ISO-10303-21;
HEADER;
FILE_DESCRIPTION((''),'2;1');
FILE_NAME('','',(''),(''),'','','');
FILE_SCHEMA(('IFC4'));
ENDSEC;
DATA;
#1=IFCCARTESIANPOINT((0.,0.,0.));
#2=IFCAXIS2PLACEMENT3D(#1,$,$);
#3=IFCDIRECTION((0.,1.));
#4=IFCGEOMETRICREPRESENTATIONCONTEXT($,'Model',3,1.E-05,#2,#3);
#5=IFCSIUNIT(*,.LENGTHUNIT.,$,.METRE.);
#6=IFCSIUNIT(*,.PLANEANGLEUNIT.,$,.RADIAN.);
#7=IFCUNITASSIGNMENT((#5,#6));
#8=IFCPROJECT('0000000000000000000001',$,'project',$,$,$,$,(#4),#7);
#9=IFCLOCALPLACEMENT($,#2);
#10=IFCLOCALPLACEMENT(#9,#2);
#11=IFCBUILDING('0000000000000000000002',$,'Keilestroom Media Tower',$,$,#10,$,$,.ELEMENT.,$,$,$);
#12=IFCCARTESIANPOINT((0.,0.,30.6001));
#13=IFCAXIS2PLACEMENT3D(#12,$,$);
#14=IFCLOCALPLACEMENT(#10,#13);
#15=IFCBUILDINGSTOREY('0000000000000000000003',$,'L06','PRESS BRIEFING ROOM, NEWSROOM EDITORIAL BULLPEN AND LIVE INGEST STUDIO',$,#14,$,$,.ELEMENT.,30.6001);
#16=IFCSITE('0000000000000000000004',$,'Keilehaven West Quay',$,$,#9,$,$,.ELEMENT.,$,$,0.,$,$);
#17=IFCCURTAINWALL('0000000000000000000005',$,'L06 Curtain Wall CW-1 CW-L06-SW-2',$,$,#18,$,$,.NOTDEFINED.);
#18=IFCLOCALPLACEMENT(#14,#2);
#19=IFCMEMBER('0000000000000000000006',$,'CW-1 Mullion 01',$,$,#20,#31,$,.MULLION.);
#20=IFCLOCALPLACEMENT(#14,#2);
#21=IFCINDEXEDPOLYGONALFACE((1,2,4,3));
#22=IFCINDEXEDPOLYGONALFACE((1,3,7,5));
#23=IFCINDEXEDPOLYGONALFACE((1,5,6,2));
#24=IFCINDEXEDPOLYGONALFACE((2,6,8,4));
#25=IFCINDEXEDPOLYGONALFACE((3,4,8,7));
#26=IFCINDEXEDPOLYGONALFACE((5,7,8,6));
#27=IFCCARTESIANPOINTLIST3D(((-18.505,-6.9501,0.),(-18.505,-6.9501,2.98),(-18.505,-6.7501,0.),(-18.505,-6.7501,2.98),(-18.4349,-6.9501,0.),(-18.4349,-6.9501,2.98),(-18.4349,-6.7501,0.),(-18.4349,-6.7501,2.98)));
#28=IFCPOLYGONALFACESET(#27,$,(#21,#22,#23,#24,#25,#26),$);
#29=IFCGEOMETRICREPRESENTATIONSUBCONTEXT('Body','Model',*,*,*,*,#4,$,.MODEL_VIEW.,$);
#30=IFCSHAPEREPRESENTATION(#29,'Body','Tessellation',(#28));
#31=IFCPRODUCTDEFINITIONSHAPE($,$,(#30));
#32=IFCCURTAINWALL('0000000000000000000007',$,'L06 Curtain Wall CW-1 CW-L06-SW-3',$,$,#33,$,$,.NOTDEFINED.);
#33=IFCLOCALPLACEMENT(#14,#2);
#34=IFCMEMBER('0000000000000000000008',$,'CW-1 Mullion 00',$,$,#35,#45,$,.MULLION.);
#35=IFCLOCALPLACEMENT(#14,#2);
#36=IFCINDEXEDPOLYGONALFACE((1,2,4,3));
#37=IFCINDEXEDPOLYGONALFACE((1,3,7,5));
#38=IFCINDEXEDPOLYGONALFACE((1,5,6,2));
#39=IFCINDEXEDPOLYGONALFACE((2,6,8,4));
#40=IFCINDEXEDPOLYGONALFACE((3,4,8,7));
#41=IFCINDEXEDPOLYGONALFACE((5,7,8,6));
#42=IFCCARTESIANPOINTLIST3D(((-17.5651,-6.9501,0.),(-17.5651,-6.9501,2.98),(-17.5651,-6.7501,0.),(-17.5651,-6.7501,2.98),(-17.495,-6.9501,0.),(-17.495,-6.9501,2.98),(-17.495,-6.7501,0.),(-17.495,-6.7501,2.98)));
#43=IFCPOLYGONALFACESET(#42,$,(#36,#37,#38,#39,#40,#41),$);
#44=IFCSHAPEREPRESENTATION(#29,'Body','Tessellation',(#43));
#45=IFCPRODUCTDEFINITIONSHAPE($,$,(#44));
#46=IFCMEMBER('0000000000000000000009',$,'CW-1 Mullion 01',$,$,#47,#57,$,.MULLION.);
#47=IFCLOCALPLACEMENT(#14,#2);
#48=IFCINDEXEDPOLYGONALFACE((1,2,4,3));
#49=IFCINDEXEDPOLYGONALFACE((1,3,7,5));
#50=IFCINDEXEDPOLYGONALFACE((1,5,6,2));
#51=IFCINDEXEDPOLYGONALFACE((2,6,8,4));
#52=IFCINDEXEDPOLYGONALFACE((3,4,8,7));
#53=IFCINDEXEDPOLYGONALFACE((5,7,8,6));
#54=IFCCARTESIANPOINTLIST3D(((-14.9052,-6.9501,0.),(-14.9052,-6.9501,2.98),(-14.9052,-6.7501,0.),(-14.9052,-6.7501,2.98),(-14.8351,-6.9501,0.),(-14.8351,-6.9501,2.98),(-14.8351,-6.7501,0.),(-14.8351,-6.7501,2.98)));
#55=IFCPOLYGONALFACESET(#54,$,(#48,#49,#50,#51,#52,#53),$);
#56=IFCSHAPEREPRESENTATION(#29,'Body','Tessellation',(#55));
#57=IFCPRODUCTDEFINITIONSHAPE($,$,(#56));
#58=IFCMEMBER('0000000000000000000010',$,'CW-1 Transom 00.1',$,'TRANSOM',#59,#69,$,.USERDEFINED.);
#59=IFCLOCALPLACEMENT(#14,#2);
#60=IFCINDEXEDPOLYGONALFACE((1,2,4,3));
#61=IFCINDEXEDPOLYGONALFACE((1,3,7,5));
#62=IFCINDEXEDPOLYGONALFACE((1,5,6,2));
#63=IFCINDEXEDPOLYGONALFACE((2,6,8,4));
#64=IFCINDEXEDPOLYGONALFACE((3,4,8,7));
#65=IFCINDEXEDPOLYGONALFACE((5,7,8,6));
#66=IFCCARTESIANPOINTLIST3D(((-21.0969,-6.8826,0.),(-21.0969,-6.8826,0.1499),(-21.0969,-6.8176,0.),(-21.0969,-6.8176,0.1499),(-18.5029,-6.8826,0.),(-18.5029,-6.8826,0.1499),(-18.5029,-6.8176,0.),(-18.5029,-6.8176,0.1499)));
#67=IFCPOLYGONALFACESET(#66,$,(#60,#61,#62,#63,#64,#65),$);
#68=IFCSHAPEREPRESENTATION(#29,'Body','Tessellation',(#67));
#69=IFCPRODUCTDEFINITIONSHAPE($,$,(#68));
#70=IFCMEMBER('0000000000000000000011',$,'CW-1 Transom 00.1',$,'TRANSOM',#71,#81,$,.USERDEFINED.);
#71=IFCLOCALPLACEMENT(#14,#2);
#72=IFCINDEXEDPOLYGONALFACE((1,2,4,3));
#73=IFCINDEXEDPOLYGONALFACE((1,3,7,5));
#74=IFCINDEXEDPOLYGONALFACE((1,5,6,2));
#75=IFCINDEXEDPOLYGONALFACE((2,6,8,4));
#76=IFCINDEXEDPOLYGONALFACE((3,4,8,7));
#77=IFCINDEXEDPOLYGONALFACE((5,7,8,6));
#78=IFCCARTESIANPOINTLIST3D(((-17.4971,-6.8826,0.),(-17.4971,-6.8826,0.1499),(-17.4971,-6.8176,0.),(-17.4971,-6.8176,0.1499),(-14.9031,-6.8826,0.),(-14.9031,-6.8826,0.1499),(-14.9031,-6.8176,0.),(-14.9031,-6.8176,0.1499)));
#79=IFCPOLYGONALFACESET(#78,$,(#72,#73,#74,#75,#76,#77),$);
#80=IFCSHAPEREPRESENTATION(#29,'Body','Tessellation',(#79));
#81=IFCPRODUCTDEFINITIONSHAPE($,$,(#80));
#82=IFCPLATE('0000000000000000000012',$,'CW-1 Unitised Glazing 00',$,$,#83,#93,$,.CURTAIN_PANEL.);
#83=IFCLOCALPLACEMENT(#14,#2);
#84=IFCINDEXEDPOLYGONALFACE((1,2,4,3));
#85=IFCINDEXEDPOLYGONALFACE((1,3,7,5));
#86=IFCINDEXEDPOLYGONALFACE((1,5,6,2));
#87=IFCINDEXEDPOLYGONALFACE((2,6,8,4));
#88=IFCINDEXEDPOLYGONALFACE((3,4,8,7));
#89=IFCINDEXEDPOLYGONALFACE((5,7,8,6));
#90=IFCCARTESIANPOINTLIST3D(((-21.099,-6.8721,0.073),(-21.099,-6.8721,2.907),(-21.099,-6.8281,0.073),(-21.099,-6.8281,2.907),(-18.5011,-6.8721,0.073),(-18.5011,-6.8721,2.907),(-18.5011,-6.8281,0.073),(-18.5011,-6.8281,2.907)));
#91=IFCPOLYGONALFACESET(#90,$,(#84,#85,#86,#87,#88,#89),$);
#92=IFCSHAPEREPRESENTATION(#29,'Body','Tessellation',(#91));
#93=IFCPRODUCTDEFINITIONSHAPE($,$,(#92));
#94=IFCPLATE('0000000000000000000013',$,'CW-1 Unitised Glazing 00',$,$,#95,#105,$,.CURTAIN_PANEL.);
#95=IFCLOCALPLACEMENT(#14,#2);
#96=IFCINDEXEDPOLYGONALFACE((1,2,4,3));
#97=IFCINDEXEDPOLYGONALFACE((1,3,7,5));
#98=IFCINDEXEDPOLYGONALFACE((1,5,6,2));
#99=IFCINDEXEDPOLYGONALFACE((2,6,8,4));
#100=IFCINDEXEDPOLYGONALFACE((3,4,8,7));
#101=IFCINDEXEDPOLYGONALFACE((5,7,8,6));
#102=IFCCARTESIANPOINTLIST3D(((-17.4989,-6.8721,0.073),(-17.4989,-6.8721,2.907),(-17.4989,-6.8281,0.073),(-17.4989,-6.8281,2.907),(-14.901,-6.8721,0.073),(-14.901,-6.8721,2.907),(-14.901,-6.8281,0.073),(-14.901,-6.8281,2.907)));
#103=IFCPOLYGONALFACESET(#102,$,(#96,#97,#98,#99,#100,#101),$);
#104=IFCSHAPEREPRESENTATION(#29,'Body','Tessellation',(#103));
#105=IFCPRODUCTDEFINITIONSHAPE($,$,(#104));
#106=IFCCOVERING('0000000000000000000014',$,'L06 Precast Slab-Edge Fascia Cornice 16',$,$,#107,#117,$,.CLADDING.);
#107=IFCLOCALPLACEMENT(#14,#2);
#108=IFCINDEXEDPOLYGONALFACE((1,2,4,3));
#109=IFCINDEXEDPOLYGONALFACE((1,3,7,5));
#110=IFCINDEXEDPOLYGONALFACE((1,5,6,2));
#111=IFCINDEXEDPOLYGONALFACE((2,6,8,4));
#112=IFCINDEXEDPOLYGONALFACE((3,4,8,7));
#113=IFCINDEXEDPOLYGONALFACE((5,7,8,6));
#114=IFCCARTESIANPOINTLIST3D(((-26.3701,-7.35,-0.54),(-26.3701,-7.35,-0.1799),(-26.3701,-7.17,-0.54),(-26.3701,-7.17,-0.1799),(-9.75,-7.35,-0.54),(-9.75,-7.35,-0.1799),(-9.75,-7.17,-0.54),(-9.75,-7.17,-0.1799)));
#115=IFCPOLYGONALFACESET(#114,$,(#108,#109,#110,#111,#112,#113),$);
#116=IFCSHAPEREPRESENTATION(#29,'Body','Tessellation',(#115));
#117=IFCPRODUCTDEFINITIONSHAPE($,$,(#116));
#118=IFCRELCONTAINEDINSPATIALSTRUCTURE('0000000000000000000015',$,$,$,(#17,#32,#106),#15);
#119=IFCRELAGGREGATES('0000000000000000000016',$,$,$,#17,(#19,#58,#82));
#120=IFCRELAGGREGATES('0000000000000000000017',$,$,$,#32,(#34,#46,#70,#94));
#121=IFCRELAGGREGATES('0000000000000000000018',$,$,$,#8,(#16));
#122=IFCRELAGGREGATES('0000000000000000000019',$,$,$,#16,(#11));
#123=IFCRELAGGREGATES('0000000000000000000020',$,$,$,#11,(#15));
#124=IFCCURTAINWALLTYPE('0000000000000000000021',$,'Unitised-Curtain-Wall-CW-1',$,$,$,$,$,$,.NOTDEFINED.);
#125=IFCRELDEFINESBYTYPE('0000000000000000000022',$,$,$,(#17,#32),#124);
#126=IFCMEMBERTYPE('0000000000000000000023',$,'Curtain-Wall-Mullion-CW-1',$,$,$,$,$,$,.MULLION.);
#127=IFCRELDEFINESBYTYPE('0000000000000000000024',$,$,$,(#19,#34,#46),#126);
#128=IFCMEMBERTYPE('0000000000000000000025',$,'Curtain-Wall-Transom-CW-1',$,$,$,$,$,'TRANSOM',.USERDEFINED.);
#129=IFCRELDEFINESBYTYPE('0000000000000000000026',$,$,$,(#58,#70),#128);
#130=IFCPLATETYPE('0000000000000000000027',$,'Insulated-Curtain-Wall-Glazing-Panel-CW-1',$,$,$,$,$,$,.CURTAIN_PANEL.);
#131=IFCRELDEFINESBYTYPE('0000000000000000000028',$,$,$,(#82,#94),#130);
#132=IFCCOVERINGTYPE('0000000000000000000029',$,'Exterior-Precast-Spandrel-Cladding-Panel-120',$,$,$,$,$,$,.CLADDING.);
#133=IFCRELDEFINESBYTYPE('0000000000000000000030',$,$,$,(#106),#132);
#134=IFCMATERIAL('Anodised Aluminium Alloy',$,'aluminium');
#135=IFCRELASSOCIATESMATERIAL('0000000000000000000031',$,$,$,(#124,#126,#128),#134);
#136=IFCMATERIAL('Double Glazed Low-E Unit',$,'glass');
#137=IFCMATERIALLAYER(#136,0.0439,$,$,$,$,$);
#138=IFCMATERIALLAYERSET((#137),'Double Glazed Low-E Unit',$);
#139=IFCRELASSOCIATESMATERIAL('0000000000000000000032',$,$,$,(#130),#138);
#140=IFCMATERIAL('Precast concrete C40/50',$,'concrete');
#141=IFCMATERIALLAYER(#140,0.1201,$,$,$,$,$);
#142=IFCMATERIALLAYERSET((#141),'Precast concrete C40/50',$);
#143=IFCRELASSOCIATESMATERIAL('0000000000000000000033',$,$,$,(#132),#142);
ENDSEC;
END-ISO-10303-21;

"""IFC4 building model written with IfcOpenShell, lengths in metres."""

from ifc_helpers import new_model, si_unit, direction, frame, origin, origin_2d, place, context, subcontext, project, spatial, rectangle, extrude, source, transform, mapped, material, layer, layer_set, material_profile, profile_set, type_object, element, aggregate, save


model = new_model("IFC4")

# Units and contexts
model_context = context("Model", 3, precision=1e-05, world=origin(), true_north=direction((0.0, 1.0)))
body_context = subcontext(model_context, "Body", "Model", "MODEL_VIEW")
ifc_project = project(units=[si_unit("LENGTHUNIT", "METRE"), si_unit("PLANEANGLEUNIT", "RADIAN")], contexts=[model_context])

# Site, building, storey
site_placement = place(None, origin())
site = spatial("IfcSite", under=ifc_project, at=site_placement, Name="Keilehaven West Quay", CompositionType="ELEMENT", RefElevation=0.0)
building_placement = place(site_placement, origin())
building = spatial("IfcBuilding", under=site, at=building_placement, Name="Keilestroom Media Tower", CompositionType="ELEMENT")
storey_placement = place(building_placement, frame((0.0, 0.0, 30.6001)))
storey = spatial("IfcBuildingStorey", under=building, at=storey_placement, Name="L06", Description="PRESS BRIEFING ROOM, NEWSROOM EDITORIAL BULLPEN AND LIVE INGEST STUDIO", CompositionType="ELEMENT", Elevation=30.6001)

# Shared definitions
ifc_material_1 = material(Name="Precast concrete C40/50", Category="concrete")

# Shared definitions
ifc_material_2 = material(Name="Anodised Aluminium Alloy", Category="aluminium")
curtain_wall_type = type_object("IfcCurtainWallType", Name="Unitised-Curtain-Wall-CW-1", PredefinedType="NOTDEFINED", material=ifc_material_2)
ifc_material_profile_1 = material_profile(ifc_material_2, rectangle(XDim=0.0701, YDim=0.2, at=origin_2d()), Name="ALU MULLION 70x200")
ifc_profile_set_1 = profile_set([ifc_material_profile_1], Name="Anodised Aluminium Alloy")
member_type_1 = type_object("IfcMemberType", Name="Curtain-Wall-Mullion-CW-1", PredefinedType="MULLION", material=ifc_profile_set_1)
shared_shape_1 = source(origin(), body_context, "Body", "SweptSolid", [
    extrude(rectangle(XDim=0.0701, YDim=0.2, at=origin_2d()), origin(), (0.0, 0.0, 1.0), 2.98),
])

# Curtain walls, members
curtain_wall_1_placement = place(storey_placement, origin())
curtain_wall_1 = element("IfcCurtainWall", 1, at=curtain_wall_1_placement, inside=storey, type_object=curtain_wall_type, Name="L06 Curtain Wall CW-1 CW-L06-SW-2", PredefinedType="NOTDEFINED")
member_1_placement = place(storey_placement, frame((-18.47, -6.8501, 0.0), z_axis=(0.0, 0.0, 1.0), x_axis=(1.0, 0.0, 0.0)))
member_1 = element("IfcMember", 2, at=member_1_placement, type_object=member_type_1, Name="CW-1 Mullion 01", PredefinedType="MULLION", context=body_context, shape_type="MappedRepresentation", body=[
    mapped(shared_shape_1, transform((0.0, 0.0, 0.0), x_axis=(1.0, 0.0, 0.0), y_axis=(0.0, 1.0, 0.0), z_axis=(0.0, 0.0, 1.0), scale=1.0)),
])
curtain_wall_2_placement = place(storey_placement, origin())
curtain_wall_2 = element("IfcCurtainWall", 3, at=curtain_wall_2_placement, inside=storey, type_object=curtain_wall_type, Name="L06 Curtain Wall CW-1 CW-L06-SW-3", PredefinedType="NOTDEFINED")
member_2_placement = place(storey_placement, frame((-17.53, -6.8501, 0.0), z_axis=(0.0, 0.0, 1.0), x_axis=(1.0, 0.0, 0.0)))
member_2 = element("IfcMember", 4, at=member_2_placement, type_object=member_type_1, Name="CW-1 Mullion 00", PredefinedType="MULLION", context=body_context, shape_type="MappedRepresentation", body=[
    mapped(shared_shape_1, transform((0.0, 0.0, 0.0), x_axis=(1.0, 0.0, 0.0), y_axis=(0.0, 1.0, 0.0), z_axis=(0.0, 0.0, 1.0), scale=1.0)),
])
member_3_placement = place(storey_placement, frame((-14.8701, -6.8501, 0.0), z_axis=(0.0, 0.0, 1.0), x_axis=(1.0, 0.0, 0.0)))
member_3 = element("IfcMember", 5, at=member_3_placement, type_object=member_type_1, Name="CW-1 Mullion 01", PredefinedType="MULLION", context=body_context, shape_type="MappedRepresentation", body=[
    mapped(shared_shape_1, transform((0.0, 0.0, 0.0), x_axis=(1.0, 0.0, 0.0), y_axis=(0.0, 1.0, 0.0), z_axis=(0.0, 0.0, 1.0), scale=1.0)),
])

# Members
ifc_material_profile_2 = material_profile(ifc_material_2, rectangle(XDim=0.0649, YDim=0.1499, at=origin_2d()), Name="ALU TRANSOM 65x150")
ifc_profile_set_2 = profile_set([ifc_material_profile_2], Name="Anodised Aluminium Alloy")
member_type_2 = type_object("IfcMemberType", Name="Curtain-Wall-Transom-CW-1", ElementType="TRANSOM", PredefinedType="USERDEFINED", material=ifc_profile_set_2)
shared_shape_2 = source(origin(), body_context, "Body", "SweptSolid", [
    extrude(rectangle(XDim=0.0649, YDim=0.1499, at=origin_2d()), origin(), (0.0, 0.0, 1.0), 2.594),
])
member_4_placement = place(storey_placement, frame((-21.0969, -6.8501, 0.075), z_axis=(1.0, 0.0, 0.0), x_axis=(0.0, 1.0, 0.0)))
member_4 = element("IfcMember", 6, at=member_4_placement, type_object=member_type_2, Name="CW-1 Transom 00.1", ObjectType="TRANSOM", PredefinedType="USERDEFINED", context=body_context, shape_type="MappedRepresentation", body=[
    mapped(shared_shape_2, transform((0.0, 0.0, 0.0), x_axis=(1.0, 0.0, 0.0), y_axis=(0.0, 1.0, 0.0), z_axis=(0.0, 0.0, 1.0), scale=1.0)),
])
member_5_placement = place(storey_placement, frame((-17.4971, -6.8501, 0.075), z_axis=(1.0, 0.0, 0.0), x_axis=(0.0, 1.0, 0.0)))
member_5 = element("IfcMember", 7, at=member_5_placement, type_object=member_type_2, Name="CW-1 Transom 00.1", ObjectType="TRANSOM", PredefinedType="USERDEFINED", context=body_context, shape_type="MappedRepresentation", body=[
    mapped(shared_shape_2, transform((0.0, 0.0, 0.0), x_axis=(1.0, 0.0, 0.0), y_axis=(0.0, 1.0, 0.0), z_axis=(0.0, 0.0, 1.0), scale=1.0)),
])

# Plates
ifc_material_3 = material(Name="Double Glazed Low-E Unit", Category="glass")
ifc_layer_1 = layer(ifc_material_3, 0.0439)
ifc_layer_set_1 = layer_set([ifc_layer_1], Name="Double Glazed Low-E Unit")
plate_type = type_object("IfcPlateType", Name="Insulated-Curtain-Wall-Glazing-Panel-CW-1", PredefinedType="CURTAIN_PANEL", material=ifc_layer_set_1)
shared_shape_3 = source(origin(), body_context, "Body", "SweptSolid", [
    extrude(rectangle(XDim=2.5979, YDim=0.0439, at=origin_2d()), origin(), (0.0, 0.0, 1.0), 2.834),
])
plate_1_placement = place(storey_placement, frame((-19.8, -6.8501, 0.073), z_axis=(0.0, 0.0, 1.0), x_axis=(1.0, 0.0, 0.0)))
plate_1 = element("IfcPlate", 8, at=plate_1_placement, type_object=plate_type, Name="CW-1 Unitised Glazing 00", PredefinedType="CURTAIN_PANEL", context=body_context, shape_type="MappedRepresentation", body=[
    mapped(shared_shape_3, transform((0.0, 0.0, 0.0), x_axis=(1.0, 0.0, 0.0), y_axis=(0.0, 1.0, 0.0), z_axis=(0.0, 0.0, 1.0), scale=1.0)),
])
aggregate(curtain_wall_1, [member_1, member_4, plate_1])
plate_2_placement = place(storey_placement, frame((-16.2, -6.8501, 0.073), z_axis=(0.0, 0.0, 1.0), x_axis=(1.0, 0.0, 0.0)))
plate_2 = element("IfcPlate", 9, at=plate_2_placement, type_object=plate_type, Name="CW-1 Unitised Glazing 00", PredefinedType="CURTAIN_PANEL", context=body_context, shape_type="MappedRepresentation", body=[
    mapped(shared_shape_3, transform((0.0, 0.0, 0.0), x_axis=(1.0, 0.0, 0.0), y_axis=(0.0, 1.0, 0.0), z_axis=(0.0, 0.0, 1.0), scale=1.0)),
])
aggregate(curtain_wall_2, [member_2, member_3, member_5, plate_2])

# Covering
ifc_layer_2 = layer(ifc_material_1, 0.1201)
ifc_layer_set_2 = layer_set([ifc_layer_2], Name="Precast concrete C40/50")
covering_type = type_object("IfcCoveringType", Name="Exterior-Precast-Spandrel-Cladding-Panel-120", PredefinedType="CLADDING", material=ifc_layer_set_2)
shared_shape_4 = source(origin(), body_context, "Body", "SweptSolid", [
    extrude(rectangle(XDim=16.6201, YDim=0.1799, at=origin_2d()), origin(), (0.0, 0.0, 1.0), 0.3601),
])
covering_placement = place(storey_placement, frame((-18.0601, -7.26, -0.54), z_axis=(0.0, 0.0, 1.0), x_axis=(-1.0, 0.0, 0.0)))
element("IfcCovering", 10, at=covering_placement, inside=storey, type_object=covering_type, Name="L06 Precast Slab-Edge Fascia Cornice 16", PredefinedType="CLADDING", context=body_context, shape_type="MappedRepresentation", body=[
    mapped(shared_shape_4, transform((0.0, 0.0, 0.0), x_axis=(1.0, 0.0, 0.0), y_axis=(0.0, 1.0, 0.0), z_axis=(0.0, 0.0, 1.0), scale=1.0)),
])

save(model, "model.ifc")
